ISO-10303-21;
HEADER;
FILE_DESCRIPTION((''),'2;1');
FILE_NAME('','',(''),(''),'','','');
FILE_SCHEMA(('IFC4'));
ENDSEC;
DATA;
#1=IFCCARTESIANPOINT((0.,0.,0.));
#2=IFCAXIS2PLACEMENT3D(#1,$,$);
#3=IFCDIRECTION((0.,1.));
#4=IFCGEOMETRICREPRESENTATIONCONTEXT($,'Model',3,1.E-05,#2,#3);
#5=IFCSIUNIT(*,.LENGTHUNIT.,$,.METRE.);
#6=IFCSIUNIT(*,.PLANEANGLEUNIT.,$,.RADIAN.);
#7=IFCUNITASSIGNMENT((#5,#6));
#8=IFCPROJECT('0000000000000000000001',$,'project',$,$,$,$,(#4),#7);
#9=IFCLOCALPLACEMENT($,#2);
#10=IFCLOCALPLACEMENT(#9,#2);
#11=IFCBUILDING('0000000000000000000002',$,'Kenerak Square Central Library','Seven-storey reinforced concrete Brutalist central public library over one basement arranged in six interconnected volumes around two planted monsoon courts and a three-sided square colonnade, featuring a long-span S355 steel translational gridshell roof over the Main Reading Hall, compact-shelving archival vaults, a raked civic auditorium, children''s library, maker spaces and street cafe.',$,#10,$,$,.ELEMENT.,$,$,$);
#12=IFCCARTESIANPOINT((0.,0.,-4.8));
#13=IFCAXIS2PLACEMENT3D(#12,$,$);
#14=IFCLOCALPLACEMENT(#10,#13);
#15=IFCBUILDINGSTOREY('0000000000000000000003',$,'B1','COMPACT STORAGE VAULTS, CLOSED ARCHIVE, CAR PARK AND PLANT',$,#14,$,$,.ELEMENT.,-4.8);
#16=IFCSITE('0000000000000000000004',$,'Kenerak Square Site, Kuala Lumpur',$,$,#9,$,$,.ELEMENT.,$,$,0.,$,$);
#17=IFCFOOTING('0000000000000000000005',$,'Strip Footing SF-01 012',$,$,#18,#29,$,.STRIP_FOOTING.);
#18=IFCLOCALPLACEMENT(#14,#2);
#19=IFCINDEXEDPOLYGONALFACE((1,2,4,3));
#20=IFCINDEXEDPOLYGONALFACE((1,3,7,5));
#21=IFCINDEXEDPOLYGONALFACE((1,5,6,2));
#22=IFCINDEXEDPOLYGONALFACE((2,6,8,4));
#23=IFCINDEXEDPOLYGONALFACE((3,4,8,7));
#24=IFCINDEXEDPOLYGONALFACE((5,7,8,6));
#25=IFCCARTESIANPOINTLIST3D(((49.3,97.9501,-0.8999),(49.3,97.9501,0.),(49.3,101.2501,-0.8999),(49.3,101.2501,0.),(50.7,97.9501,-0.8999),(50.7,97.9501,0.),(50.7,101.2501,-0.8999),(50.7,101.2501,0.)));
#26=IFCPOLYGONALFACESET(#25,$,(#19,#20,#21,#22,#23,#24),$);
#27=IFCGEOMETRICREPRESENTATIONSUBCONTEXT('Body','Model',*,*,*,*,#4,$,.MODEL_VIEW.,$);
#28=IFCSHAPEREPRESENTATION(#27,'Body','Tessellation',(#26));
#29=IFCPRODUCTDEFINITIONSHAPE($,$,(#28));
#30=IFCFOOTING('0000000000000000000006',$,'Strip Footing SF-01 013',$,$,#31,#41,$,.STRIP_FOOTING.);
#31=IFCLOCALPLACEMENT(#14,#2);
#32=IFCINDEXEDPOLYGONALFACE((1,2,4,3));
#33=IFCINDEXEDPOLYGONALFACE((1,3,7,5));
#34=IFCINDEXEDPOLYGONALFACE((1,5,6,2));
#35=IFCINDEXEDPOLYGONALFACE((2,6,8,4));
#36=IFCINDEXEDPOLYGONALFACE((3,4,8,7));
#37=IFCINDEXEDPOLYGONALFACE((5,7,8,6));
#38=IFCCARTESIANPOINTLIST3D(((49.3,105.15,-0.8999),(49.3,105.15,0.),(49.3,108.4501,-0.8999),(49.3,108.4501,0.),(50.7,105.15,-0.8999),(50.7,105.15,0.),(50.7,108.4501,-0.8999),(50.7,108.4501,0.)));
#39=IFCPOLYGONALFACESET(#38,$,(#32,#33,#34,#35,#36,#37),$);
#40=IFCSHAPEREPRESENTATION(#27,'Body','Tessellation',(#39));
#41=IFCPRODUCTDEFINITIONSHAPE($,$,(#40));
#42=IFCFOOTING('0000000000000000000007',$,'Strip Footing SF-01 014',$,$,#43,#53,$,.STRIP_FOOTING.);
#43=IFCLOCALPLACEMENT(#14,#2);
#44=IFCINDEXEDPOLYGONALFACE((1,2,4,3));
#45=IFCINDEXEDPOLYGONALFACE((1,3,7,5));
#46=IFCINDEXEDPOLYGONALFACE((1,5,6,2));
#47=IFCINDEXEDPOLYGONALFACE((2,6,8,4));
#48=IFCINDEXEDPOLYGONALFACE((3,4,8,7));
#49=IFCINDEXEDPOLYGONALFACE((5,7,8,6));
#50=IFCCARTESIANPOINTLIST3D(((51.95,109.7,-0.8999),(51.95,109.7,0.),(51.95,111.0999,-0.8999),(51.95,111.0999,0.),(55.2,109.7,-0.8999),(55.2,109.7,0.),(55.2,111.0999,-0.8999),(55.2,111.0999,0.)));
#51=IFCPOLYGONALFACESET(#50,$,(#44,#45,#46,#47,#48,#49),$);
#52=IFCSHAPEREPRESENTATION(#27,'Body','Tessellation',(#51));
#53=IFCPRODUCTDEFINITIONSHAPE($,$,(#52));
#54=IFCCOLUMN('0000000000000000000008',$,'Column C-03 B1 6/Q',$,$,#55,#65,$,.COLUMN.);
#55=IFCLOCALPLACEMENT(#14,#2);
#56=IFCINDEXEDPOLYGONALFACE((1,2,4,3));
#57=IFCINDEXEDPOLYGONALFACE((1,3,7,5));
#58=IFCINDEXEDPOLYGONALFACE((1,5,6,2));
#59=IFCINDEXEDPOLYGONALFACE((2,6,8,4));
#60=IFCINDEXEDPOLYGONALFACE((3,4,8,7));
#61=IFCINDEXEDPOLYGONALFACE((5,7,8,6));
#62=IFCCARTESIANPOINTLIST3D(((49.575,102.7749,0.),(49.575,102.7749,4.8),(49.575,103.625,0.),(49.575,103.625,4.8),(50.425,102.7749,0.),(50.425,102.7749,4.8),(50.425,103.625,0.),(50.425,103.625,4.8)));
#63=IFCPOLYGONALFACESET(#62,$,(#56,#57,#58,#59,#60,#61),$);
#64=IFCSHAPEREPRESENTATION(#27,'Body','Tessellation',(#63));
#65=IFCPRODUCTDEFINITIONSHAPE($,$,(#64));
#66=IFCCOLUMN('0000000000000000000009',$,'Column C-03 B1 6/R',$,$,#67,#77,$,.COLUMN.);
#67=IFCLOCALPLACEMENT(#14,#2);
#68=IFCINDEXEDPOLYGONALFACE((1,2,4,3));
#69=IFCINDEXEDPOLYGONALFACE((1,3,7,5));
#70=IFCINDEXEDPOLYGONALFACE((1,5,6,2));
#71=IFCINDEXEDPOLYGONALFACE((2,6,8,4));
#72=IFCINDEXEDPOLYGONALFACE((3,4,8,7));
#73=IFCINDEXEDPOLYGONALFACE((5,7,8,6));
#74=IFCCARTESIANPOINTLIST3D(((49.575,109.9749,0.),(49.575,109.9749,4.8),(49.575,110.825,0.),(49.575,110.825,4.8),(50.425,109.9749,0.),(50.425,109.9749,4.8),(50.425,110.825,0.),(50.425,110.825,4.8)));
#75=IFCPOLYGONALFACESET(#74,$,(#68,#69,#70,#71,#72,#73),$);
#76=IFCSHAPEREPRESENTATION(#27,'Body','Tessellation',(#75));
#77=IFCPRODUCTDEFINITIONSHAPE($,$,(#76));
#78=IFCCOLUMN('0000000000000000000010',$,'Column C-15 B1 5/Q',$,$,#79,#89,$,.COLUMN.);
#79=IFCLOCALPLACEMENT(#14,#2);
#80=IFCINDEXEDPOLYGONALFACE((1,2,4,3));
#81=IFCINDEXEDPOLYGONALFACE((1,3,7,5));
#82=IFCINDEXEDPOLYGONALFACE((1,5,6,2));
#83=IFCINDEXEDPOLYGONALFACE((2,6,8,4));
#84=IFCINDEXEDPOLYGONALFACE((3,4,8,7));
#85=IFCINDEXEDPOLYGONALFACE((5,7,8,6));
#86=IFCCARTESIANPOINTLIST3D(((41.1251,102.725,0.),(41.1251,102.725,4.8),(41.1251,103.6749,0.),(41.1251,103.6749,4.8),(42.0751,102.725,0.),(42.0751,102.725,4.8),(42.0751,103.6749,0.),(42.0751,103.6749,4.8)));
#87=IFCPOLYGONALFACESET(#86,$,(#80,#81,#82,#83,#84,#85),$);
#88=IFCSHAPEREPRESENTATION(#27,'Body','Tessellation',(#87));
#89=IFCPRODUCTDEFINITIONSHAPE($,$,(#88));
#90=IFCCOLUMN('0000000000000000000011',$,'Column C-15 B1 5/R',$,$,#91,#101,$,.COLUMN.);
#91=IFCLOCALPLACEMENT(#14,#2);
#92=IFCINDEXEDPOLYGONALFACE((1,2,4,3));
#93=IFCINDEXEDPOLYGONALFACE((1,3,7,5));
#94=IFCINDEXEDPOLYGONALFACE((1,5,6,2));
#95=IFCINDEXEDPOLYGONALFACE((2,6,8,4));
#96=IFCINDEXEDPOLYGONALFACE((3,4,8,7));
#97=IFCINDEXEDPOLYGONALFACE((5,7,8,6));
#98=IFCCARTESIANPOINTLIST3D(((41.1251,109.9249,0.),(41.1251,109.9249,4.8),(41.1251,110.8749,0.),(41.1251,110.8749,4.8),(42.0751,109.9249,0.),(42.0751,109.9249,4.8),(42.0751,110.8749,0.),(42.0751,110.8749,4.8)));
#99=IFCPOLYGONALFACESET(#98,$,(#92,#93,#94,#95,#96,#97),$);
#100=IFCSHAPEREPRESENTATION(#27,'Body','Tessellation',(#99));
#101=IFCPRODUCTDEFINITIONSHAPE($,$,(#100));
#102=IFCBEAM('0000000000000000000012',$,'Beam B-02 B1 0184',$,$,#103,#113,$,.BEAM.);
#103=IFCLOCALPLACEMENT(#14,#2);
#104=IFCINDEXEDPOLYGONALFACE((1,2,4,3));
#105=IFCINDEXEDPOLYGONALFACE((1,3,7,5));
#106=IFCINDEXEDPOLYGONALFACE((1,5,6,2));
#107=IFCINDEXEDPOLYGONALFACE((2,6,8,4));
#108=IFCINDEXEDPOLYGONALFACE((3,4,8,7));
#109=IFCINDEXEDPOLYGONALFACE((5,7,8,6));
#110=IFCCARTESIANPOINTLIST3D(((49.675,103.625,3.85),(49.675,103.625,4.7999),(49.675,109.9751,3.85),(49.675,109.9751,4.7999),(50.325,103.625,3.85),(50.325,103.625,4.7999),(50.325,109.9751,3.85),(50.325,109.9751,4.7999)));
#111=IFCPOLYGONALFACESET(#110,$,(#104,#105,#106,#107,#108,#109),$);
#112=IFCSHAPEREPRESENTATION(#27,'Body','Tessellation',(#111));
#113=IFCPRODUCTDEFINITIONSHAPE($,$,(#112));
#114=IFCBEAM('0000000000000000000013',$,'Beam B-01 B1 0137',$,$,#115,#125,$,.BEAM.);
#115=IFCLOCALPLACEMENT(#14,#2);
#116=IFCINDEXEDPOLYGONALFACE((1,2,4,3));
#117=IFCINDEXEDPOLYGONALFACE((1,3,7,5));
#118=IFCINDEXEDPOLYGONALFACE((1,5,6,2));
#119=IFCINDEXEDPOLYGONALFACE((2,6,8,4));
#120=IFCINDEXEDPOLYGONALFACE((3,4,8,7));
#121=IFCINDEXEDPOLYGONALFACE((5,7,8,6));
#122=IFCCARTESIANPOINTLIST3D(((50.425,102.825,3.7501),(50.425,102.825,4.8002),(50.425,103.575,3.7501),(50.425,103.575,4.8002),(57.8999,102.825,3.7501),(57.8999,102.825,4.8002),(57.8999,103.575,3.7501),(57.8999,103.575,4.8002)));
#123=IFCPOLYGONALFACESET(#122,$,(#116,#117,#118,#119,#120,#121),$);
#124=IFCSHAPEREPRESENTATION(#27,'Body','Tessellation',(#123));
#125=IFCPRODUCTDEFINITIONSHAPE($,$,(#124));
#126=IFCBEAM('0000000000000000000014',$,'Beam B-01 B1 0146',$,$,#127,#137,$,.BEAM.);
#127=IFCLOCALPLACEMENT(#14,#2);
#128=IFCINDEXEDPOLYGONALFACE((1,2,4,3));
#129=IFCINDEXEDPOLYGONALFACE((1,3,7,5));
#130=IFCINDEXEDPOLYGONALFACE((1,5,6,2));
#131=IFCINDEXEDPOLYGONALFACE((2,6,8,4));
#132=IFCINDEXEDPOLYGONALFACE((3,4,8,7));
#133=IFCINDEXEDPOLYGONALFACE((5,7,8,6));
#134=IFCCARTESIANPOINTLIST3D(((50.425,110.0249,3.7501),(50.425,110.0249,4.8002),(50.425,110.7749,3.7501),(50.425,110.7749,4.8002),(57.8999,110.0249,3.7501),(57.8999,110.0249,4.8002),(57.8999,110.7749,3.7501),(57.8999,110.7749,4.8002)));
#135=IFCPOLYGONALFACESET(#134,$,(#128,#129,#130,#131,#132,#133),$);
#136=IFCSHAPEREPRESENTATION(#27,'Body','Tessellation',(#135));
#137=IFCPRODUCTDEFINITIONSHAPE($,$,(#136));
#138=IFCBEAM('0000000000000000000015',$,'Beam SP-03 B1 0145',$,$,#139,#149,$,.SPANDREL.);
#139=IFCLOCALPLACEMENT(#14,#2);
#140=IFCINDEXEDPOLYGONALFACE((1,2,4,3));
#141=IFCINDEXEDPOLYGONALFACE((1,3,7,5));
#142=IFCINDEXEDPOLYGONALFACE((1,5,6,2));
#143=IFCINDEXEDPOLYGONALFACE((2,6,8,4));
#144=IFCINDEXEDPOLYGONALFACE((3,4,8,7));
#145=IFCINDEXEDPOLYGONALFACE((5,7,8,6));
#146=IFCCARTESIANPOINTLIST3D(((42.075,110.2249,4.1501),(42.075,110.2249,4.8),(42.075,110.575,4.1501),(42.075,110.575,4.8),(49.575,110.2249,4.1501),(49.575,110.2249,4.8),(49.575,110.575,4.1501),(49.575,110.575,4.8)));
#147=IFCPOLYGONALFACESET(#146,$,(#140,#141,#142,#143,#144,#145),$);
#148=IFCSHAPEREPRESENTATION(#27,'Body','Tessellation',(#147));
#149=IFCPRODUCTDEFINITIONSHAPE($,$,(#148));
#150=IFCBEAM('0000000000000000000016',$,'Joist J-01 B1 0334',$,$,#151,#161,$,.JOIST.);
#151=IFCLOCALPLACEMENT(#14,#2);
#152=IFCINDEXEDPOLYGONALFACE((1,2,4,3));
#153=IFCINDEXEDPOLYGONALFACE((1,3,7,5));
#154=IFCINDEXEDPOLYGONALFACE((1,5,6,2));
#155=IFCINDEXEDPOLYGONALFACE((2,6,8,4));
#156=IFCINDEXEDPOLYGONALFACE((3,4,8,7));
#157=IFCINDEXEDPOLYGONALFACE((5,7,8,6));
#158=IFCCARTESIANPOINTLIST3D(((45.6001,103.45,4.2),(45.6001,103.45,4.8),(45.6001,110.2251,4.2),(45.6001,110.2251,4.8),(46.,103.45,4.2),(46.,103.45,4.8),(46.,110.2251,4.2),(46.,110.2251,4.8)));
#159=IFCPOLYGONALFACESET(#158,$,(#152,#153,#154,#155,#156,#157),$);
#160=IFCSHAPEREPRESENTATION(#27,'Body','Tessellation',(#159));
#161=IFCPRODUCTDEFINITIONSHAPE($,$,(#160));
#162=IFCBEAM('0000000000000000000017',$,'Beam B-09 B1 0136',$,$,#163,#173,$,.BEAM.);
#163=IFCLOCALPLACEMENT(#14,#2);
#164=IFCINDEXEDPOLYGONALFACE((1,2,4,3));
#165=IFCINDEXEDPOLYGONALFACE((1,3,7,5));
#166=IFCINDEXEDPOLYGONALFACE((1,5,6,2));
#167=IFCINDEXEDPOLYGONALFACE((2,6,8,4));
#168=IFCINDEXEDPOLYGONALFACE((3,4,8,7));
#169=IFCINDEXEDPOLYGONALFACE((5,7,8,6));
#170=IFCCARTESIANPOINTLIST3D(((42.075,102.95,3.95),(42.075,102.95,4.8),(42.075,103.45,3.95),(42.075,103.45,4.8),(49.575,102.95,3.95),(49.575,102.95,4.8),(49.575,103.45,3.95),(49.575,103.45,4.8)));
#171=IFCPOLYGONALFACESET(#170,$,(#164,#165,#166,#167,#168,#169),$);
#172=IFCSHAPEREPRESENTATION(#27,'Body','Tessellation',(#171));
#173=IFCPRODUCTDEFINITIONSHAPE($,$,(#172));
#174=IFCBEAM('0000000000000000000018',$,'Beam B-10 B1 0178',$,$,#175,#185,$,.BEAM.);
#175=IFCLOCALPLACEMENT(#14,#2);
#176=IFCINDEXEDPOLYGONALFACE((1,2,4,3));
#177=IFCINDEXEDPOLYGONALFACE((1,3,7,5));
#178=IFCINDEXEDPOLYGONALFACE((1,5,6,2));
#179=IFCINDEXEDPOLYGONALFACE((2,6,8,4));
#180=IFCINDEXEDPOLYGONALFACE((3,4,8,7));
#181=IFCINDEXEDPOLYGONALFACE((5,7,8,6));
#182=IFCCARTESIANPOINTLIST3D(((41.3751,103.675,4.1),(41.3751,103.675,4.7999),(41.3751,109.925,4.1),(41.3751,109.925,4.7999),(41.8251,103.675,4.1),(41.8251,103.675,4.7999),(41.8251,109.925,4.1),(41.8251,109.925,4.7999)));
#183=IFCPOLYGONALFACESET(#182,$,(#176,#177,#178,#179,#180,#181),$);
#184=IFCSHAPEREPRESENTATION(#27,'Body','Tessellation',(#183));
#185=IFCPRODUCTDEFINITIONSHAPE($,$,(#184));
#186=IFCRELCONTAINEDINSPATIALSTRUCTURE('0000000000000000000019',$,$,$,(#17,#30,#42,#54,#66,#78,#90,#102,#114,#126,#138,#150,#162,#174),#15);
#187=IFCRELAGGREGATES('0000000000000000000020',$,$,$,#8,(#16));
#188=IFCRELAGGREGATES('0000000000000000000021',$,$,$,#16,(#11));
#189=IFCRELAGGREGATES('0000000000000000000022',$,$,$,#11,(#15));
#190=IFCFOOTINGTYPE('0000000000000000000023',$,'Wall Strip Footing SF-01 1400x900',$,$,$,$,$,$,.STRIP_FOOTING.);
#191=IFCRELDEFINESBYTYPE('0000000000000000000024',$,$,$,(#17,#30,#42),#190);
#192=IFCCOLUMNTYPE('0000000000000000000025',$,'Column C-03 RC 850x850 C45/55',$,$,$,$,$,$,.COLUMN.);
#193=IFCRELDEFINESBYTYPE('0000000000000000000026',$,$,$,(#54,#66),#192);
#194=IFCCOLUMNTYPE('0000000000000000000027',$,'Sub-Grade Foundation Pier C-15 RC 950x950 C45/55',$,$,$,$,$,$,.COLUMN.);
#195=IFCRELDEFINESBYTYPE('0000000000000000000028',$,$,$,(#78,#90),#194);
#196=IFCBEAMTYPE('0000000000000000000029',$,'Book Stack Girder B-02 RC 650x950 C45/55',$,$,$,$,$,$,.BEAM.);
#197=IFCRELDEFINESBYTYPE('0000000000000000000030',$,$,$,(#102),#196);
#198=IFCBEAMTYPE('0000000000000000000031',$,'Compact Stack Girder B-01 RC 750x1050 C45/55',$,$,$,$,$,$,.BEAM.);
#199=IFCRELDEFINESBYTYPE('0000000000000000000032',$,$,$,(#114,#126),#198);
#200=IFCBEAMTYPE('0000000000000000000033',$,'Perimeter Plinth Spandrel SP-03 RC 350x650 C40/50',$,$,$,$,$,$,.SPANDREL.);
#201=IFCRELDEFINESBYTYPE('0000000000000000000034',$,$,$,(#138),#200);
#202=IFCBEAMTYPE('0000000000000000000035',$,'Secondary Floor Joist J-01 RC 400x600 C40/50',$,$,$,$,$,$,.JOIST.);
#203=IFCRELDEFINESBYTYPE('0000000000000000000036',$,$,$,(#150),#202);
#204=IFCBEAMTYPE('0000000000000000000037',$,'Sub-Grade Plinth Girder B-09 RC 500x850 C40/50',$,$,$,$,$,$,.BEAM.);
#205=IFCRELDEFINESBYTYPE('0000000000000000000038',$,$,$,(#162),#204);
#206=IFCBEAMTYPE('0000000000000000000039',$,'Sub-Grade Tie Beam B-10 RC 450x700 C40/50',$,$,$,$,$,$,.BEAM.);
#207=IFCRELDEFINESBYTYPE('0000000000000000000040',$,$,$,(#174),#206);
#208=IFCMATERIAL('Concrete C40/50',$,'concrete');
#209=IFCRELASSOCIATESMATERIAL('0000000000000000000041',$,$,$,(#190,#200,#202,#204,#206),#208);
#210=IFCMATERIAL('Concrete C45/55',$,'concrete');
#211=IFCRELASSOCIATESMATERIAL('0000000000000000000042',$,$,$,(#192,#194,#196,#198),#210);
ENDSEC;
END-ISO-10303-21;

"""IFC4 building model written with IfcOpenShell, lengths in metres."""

from ifc_helpers import new_model, si_unit, direction, frame, origin, origin_2d, place, context, subcontext, project, spatial, rectangle, extrude, material, material_profile, profile_set, type_object, element, save


model = new_model("IFC4")

# Units and contexts
model_context = context("Model", 3, precision=1e-05, world=origin(), true_north=direction((0.0, 1.0)))
body_context = subcontext(model_context, "Body", "Model", "MODEL_VIEW")
ifc_project = project(units=[si_unit("LENGTHUNIT", "METRE"), si_unit("PLANEANGLEUNIT", "RADIAN")], contexts=[model_context])

# Site, building, storey
site_placement = place(None, origin())
site = spatial("IfcSite", under=ifc_project, at=site_placement, Name="Kenerak Square Site, Kuala Lumpur", CompositionType="ELEMENT", RefElevation=0.0)
building_placement = place(site_placement, origin())
building = spatial("IfcBuilding", under=site, at=building_placement, Name="Kenerak Square Central Library", Description="Seven-storey reinforced concrete Brutalist central public library over one basement arranged in six interconnected volumes around two planted monsoon courts and a three-sided square colonnade, featuring a long-span S355 steel translational gridshell roof over the Main Reading Hall, compact-shelving archival vaults, a raked civic auditorium, children's library, maker spaces and street cafe.", CompositionType="ELEMENT")
storey_placement = place(building_placement, frame((0.0, 0.0, -4.8)))
storey = spatial("IfcBuildingStorey", under=building, at=storey_placement, Name="B1", Description="COMPACT STORAGE VAULTS, CLOSED ARCHIVE, CAR PARK AND PLANT", CompositionType="ELEMENT", Elevation=-4.8)

# Shared definitions
ifc_material_1 = material(Name="Concrete C40/50", Category="concrete")

# Footings
footing_type_1 = type_object("IfcFootingType", Name="Wall Strip Footing SF-01 1400x900", PredefinedType="STRIP_FOOTING", material=ifc_material_1)
for number, where, z_axis, x_axis, name in (
    (1, (50.0, 99.6001, -0.8999), (0.0, 0.0, 1.0), (1.0, 0.0, 0.0), "Strip Footing SF-01 012"),
    (2, (50.0, 106.8, -0.8999), (0.0, 0.0, 1.0), (1.0, 0.0, 0.0), "Strip Footing SF-01 013"),
):
    element("IfcFooting", number, at=place(storey_placement, frame(where, z_axis=z_axis, x_axis=x_axis)), inside=storey, type_object=footing_type_1, Name=name, PredefinedType="STRIP_FOOTING", context=body_context, shape_type="SweptSolid", body=[
        extrude(rectangle(XDim=1.3999, YDim=3.3, at=origin_2d()), origin(), (0.0, 0.0, 1.0), 0.8999),
    ])
footing_1_placement = place(storey_placement, frame((53.575, 110.3999, -0.8999), z_axis=(0.0, 0.0, 1.0), x_axis=(1.0, 0.0, 0.0)))
element("IfcFooting", 3, at=footing_1_placement, inside=storey, type_object=footing_type_1, Name="Strip Footing SF-01 014", PredefinedType="STRIP_FOOTING", context=body_context, shape_type="SweptSolid", body=[
    extrude(rectangle(XDim=3.25, YDim=1.3999, at=origin_2d()), origin(), (0.0, 0.0, 1.0), 0.8999),
])

# Columns
ifc_material_2 = material(Name="Concrete C45/55", Category="concrete")
ifc_material_profile_1 = material_profile(ifc_material_2, rectangle(XDim=0.8501, YDim=0.8501, at=origin_2d()), Name="RC 850x850")
ifc_profile_set_1 = profile_set([ifc_material_profile_1], Name="Concrete C45/55")
column_type_1 = type_object("IfcColumnType", Name="Column C-03 RC 850x850 C45/55", PredefinedType="COLUMN", material=ifc_profile_set_1)
for number, where, z_axis, x_axis, name in (
    (4, (50.0, 103.2, 0.0), (0.0, 0.0, 1.0), (1.0, 0.0, 0.0), "Column C-03 B1 6/Q"),
    (5, (50.0, 110.3999, 0.0), (0.0, 0.0, 1.0), (1.0, 0.0, 0.0), "Column C-03 B1 6/R"),
):
    element("IfcColumn", number, at=place(storey_placement, frame(where, z_axis=z_axis, x_axis=x_axis)), inside=storey, type_object=column_type_1, Name=name, PredefinedType="COLUMN", context=body_context, shape_type="SweptSolid", body=[
        extrude(rectangle(XDim=0.8501, YDim=0.8501, at=origin_2d()), origin(), (0.0, 0.0, 1.0), 4.8),
    ])
ifc_material_profile_2 = material_profile(ifc_material_2, rectangle(XDim=0.95, YDim=0.95, at=origin_2d()), Name="RC 950x950")
ifc_profile_set_2 = profile_set([ifc_material_profile_2], Name="Concrete C45/55")
column_type_2 = type_object("IfcColumnType", Name="Sub-Grade Foundation Pier C-15 RC 950x950 C45/55", PredefinedType="COLUMN", material=ifc_profile_set_2)
for number, where, z_axis, x_axis, name in (
    (6, (41.6001, 103.2, 0.0), (0.0, 0.0, 1.0), (1.0, 0.0, 0.0), "Column C-15 B1 5/Q"),
    (7, (41.6001, 110.3999, 0.0), (0.0, 0.0, 1.0), (1.0, 0.0, 0.0), "Column C-15 B1 5/R"),
):
    element("IfcColumn", number, at=place(storey_placement, frame(where, z_axis=z_axis, x_axis=x_axis)), inside=storey, type_object=column_type_2, Name=name, PredefinedType="COLUMN", context=body_context, shape_type="SweptSolid", body=[
        extrude(rectangle(XDim=0.95, YDim=0.95, at=origin_2d()), origin(), (0.0, 0.0, 1.0), 4.8),
    ])

# Beams
ifc_material_profile_3 = material_profile(ifc_material_2, rectangle(XDim=0.6499, YDim=0.95, at=origin_2d()), Name="RC 650x950")
ifc_profile_set_3 = profile_set([ifc_material_profile_3], Name="Concrete C45/55")
beam_type_1 = type_object("IfcBeamType", Name="Book Stack Girder B-02 RC 650x950 C45/55", PredefinedType="BEAM", material=ifc_profile_set_3)
beam_1_placement = place(storey_placement, frame((50.0, 103.625, 4.325), z_axis=(0.0, 1.0, 0.0), x_axis=(-1.0, 0.0, 0.0)))
element("IfcBeam", 8, at=beam_1_placement, inside=storey, type_object=beam_type_1, Name="Beam B-02 B1 0184", PredefinedType="BEAM", context=body_context, shape_type="SweptSolid", body=[
    extrude(rectangle(XDim=0.6499, YDim=0.95, at=origin_2d()), origin(), (0.0, 0.0, 1.0), 6.3501),
])
ifc_material_profile_4 = material_profile(ifc_material_2, rectangle(XDim=0.75, YDim=1.05, at=origin_2d()), Name="RC 750x1050")
ifc_profile_set_4 = profile_set([ifc_material_profile_4], Name="Concrete C45/55")
beam_type_2 = type_object("IfcBeamType", Name="Compact Stack Girder B-01 RC 750x1050 C45/55", PredefinedType="BEAM", material=ifc_profile_set_4)
for number, where, z_axis, x_axis, name in (
    (9, (50.425, 103.2, 4.2751), (1.0, 0.0, 0.0), (0.0, 1.0, 0.0), "Beam B-01 B1 0137"),
    (10, (50.425, 110.3999, 4.2751), (1.0, 0.0, 0.0), (0.0, 1.0, 0.0), "Beam B-01 B1 0146"),
):
    element("IfcBeam", number, at=place(storey_placement, frame(where, z_axis=z_axis, x_axis=x_axis)), inside=storey, type_object=beam_type_2, Name=name, PredefinedType="BEAM", context=body_context, shape_type="SweptSolid", body=[
        extrude(rectangle(XDim=0.75, YDim=1.05, at=origin_2d()), origin(), (0.0, 0.0, 1.0), 7.4749),
    ])
ifc_material_profile_5 = material_profile(ifc_material_1, rectangle(XDim=0.3501, YDim=0.6499, at=origin_2d()), Name="RC 350x650")
ifc_profile_set_5 = profile_set([ifc_material_profile_5], Name="Concrete C40/50")
beam_type_3 = type_object("IfcBeamType", Name="Perimeter Plinth Spandrel SP-03 RC 350x650 C40/50", PredefinedType="SPANDREL", material=ifc_profile_set_5)
beam_2_placement = place(storey_placement, frame((42.075, 110.3999, 4.4751), z_axis=(1.0, 0.0, 0.0), x_axis=(0.0, 1.0, 0.0)))
element("IfcBeam", 11, at=beam_2_placement, inside=storey, type_object=beam_type_3, Name="Beam SP-03 B1 0145", PredefinedType="SPANDREL", context=body_context, shape_type="SweptSolid", body=[
    extrude(rectangle(XDim=0.3501, YDim=0.6499, at=origin_2d()), origin(), (0.0, 0.0, 1.0), 7.5),
])
ifc_material_profile_6 = material_profile(ifc_material_1, rectangle(XDim=0.3999, YDim=0.6001, at=origin_2d()), Name="RC 400x600")
ifc_profile_set_6 = profile_set([ifc_material_profile_6], Name="Concrete C40/50")
beam_type_4 = type_object("IfcBeamType", Name="Secondary Floor Joist J-01 RC 400x600 C40/50", PredefinedType="JOIST", material=ifc_profile_set_6)
beam_3_placement = place(storey_placement, frame((45.8, 103.45, 4.5), z_axis=(0.0, 1.0, 0.0), x_axis=(-1.0, 0.0, 0.0)))
element("IfcBeam", 12, at=beam_3_placement, inside=storey, type_object=beam_type_4, Name="Joist J-01 B1 0334", PredefinedType="JOIST", context=body_context, shape_type="SweptSolid", body=[
    extrude(rectangle(XDim=0.3999, YDim=0.6001, at=origin_2d()), origin(), (0.0, 0.0, 1.0), 6.7751),
])
ifc_material_profile_7 = material_profile(ifc_material_1, rectangle(XDim=0.5, YDim=0.8501, at=origin_2d()), Name="RC 500x850")
ifc_profile_set_7 = profile_set([ifc_material_profile_7], Name="Concrete C40/50")
beam_type_5 = type_object("IfcBeamType", Name="Sub-Grade Plinth Girder B-09 RC 500x850 C40/50", PredefinedType="BEAM", material=ifc_profile_set_7)
beam_4_placement = place(storey_placement, frame((42.075, 103.2, 4.375), z_axis=(1.0, 0.0, 0.0), x_axis=(0.0, 1.0, 0.0)))
element("IfcBeam", 13, at=beam_4_placement, inside=storey, type_object=beam_type_5, Name="Beam B-09 B1 0136", PredefinedType="BEAM", context=body_context, shape_type="SweptSolid", body=[
    extrude(rectangle(XDim=0.5, YDim=0.8501, at=origin_2d()), origin(), (0.0, 0.0, 1.0), 7.5),
])
ifc_material_profile_8 = material_profile(ifc_material_1, rectangle(XDim=0.45, YDim=0.7, at=origin_2d()), Name="RC 450x700")
ifc_profile_set_8 = profile_set([ifc_material_profile_8], Name="Concrete C40/50")
beam_type_6 = type_object("IfcBeamType", Name="Sub-Grade Tie Beam B-10 RC 450x700 C40/50", PredefinedType="BEAM", material=ifc_profile_set_8)
beam_5_placement = place(storey_placement, frame((41.6001, 103.675, 4.45), z_axis=(0.0, 1.0, 0.0), x_axis=(-1.0, 0.0, 0.0)))
element("IfcBeam", 14, at=beam_5_placement, inside=storey, type_object=beam_type_6, Name="Beam B-10 B1 0178", PredefinedType="BEAM", context=body_context, shape_type="SweptSolid", body=[
    extrude(rectangle(XDim=0.45, YDim=0.7, at=origin_2d()), origin(), (0.0, 0.0, 1.0), 6.25),
])

save(model, "model.ifc")
